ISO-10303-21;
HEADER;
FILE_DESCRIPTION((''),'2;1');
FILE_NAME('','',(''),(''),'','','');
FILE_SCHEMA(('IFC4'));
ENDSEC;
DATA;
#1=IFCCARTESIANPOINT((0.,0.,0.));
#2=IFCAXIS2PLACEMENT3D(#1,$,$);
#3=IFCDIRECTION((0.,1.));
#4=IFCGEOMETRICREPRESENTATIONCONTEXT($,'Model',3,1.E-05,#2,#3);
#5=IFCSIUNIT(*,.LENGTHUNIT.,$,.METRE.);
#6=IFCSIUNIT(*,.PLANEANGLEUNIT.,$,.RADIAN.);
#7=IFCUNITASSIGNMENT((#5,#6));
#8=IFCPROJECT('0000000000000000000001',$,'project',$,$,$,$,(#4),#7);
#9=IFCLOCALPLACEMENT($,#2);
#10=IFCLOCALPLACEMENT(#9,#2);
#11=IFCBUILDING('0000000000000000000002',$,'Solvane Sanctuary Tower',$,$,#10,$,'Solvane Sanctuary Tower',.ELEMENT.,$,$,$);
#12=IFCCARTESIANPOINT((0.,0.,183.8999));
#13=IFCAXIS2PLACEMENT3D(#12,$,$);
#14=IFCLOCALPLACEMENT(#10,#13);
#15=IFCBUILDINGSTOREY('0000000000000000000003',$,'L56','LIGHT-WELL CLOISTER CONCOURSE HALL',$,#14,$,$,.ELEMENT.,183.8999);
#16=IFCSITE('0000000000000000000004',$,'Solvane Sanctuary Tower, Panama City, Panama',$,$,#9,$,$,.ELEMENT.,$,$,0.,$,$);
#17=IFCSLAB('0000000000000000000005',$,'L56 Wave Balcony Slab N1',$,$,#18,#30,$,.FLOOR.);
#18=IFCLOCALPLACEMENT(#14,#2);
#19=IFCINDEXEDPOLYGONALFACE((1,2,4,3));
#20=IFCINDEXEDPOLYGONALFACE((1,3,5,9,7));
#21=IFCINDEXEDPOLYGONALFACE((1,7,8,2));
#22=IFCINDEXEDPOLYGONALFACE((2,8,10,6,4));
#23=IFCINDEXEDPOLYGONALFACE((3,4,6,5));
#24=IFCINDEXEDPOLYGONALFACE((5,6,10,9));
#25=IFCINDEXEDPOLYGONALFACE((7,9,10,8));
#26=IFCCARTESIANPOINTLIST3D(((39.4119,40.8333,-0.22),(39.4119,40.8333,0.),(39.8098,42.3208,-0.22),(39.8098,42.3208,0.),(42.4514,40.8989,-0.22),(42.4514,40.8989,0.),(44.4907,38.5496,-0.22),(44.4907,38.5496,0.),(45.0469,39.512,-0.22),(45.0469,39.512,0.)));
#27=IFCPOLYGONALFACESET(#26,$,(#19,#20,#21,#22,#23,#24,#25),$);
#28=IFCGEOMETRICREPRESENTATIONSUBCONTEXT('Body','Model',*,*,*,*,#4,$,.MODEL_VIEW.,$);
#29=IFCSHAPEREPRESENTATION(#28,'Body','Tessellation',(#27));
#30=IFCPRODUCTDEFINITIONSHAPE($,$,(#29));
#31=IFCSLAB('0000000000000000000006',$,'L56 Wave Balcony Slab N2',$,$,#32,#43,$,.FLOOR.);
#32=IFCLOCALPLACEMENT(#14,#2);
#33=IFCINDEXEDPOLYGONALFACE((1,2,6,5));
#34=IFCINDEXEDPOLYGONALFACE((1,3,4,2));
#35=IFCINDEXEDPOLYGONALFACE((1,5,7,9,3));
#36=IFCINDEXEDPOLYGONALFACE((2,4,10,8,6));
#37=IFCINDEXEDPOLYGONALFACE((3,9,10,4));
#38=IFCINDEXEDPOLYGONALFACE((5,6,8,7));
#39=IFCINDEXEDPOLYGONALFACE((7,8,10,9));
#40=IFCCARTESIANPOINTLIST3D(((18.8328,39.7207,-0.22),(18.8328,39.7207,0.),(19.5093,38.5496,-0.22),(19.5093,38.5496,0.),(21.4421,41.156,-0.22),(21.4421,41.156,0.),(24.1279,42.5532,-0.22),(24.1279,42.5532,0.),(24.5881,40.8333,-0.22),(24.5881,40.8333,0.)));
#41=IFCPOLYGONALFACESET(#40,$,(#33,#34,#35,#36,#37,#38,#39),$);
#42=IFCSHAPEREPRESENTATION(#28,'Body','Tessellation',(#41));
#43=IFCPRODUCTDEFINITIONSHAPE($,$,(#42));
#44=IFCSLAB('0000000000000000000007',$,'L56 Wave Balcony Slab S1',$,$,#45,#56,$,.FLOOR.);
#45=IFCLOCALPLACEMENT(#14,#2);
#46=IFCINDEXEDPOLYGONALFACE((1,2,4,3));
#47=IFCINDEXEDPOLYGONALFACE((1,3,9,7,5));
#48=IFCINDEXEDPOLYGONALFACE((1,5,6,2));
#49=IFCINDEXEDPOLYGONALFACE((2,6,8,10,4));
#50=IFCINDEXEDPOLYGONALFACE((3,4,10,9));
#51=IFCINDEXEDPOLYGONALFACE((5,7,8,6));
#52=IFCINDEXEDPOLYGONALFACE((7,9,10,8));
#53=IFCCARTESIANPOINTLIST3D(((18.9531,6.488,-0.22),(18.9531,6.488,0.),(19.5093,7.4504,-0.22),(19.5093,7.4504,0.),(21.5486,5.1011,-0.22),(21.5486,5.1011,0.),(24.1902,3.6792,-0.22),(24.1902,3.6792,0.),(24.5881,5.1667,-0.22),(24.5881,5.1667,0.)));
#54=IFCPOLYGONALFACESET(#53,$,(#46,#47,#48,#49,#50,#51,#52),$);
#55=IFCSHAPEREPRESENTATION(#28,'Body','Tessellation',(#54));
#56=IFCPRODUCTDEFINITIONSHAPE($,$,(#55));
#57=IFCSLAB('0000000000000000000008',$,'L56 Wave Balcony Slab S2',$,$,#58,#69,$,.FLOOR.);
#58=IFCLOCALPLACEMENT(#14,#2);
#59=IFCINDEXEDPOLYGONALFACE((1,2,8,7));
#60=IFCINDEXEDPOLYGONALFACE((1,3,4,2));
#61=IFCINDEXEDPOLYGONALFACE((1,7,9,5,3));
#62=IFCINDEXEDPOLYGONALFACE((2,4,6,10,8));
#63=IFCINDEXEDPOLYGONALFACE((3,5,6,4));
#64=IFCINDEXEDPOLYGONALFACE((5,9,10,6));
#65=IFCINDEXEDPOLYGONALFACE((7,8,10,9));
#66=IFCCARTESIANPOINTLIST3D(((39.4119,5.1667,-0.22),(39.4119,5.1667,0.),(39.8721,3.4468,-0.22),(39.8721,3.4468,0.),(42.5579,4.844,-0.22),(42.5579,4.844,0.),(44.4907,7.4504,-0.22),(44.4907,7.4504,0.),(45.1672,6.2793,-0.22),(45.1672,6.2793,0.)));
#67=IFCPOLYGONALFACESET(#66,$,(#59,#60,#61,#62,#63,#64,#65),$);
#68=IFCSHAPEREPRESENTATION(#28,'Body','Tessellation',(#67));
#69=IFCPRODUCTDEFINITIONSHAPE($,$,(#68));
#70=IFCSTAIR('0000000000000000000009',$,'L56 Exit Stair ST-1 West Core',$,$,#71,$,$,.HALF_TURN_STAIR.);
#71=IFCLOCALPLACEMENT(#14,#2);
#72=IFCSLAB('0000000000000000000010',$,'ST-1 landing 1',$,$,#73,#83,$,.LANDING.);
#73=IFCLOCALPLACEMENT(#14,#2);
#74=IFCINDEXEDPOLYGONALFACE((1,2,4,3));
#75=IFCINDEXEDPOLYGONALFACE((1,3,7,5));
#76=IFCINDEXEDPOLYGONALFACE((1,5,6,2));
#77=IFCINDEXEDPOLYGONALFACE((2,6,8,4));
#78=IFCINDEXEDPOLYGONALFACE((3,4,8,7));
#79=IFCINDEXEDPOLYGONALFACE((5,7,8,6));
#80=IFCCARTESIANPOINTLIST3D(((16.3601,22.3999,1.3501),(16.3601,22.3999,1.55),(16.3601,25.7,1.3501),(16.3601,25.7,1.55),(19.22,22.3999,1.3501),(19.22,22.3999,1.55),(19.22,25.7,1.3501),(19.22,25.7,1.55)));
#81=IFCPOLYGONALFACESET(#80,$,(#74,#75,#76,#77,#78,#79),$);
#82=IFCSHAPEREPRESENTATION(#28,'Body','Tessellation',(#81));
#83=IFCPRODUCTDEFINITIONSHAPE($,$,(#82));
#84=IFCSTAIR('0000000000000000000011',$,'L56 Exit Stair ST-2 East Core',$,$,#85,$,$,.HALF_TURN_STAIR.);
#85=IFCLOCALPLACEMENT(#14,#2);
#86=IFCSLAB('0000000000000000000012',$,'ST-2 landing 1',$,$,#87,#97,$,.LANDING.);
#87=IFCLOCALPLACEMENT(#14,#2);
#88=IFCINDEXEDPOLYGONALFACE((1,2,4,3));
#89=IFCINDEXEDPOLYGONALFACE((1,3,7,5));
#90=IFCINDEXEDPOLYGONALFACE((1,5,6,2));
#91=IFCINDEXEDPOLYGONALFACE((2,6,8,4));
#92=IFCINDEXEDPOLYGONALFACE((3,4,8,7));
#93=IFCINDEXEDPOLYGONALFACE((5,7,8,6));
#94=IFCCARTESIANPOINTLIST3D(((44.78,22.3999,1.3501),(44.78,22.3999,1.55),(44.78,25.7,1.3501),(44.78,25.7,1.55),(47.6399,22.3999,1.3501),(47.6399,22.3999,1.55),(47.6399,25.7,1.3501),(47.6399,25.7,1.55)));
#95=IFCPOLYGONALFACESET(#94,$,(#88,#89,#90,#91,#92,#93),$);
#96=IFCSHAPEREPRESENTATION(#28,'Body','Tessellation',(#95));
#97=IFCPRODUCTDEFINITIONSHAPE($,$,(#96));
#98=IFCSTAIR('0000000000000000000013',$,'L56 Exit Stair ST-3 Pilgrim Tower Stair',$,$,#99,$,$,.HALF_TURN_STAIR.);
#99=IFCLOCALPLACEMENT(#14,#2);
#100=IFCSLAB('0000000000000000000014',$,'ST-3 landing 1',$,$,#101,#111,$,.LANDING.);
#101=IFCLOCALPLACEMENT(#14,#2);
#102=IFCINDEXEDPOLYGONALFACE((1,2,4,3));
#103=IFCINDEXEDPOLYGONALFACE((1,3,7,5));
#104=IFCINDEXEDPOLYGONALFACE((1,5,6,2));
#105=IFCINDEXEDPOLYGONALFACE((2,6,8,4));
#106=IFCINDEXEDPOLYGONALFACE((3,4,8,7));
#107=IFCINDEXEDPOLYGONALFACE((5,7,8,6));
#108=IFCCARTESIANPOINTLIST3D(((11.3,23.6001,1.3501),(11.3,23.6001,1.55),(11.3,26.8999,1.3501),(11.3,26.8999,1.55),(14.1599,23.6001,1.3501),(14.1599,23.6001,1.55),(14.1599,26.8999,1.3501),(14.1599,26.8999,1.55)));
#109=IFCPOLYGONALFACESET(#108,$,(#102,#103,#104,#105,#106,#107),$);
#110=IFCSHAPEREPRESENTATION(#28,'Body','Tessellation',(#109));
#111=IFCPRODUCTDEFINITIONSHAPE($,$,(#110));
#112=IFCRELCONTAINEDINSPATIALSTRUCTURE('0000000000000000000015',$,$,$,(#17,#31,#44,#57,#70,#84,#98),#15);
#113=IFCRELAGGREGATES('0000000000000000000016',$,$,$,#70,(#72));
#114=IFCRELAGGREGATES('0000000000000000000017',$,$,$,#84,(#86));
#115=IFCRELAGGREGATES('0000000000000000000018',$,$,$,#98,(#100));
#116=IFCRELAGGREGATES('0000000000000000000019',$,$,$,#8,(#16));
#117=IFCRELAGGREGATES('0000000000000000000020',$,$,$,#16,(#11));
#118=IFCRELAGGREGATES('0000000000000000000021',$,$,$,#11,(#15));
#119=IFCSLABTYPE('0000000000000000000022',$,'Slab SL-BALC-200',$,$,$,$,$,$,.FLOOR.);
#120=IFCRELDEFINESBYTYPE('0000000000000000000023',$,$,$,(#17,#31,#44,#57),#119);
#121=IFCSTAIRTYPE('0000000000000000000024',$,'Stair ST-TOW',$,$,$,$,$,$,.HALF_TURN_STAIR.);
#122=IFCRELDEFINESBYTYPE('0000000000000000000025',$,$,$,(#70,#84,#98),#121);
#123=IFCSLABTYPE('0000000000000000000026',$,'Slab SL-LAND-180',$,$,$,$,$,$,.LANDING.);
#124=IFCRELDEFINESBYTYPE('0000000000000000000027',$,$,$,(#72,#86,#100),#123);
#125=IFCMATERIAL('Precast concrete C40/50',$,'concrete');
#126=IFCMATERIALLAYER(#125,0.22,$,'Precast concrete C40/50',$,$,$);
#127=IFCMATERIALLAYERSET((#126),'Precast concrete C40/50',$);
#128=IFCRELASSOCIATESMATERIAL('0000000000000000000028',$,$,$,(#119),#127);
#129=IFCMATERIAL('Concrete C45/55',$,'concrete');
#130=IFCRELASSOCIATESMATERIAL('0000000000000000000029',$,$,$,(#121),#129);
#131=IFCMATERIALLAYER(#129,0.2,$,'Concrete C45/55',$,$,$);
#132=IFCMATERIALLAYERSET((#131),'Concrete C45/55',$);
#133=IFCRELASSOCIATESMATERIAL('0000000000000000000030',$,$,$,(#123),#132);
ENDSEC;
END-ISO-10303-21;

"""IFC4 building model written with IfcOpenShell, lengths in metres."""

from ifc_helpers import new_model, si_unit, direction, frame, origin, place, context, subcontext, project, spatial, polyline, outline, extrude, material, layer, layer_set, type_object, element, aggregate, save


model = new_model("IFC4")

# Units and contexts
model_context = context("Model", 3, precision=1e-05, world=origin(), true_north=direction((0.0, 1.0)))
body_context = subcontext(model_context, "Body", "Model", "MODEL_VIEW")
ifc_project = project(units=[si_unit("LENGTHUNIT", "METRE"), si_unit("PLANEANGLEUNIT", "RADIAN")], contexts=[model_context])

# Site, building, storey
site_placement = place(None, origin())
site = spatial("IfcSite", under=ifc_project, at=site_placement, Name="Solvane Sanctuary Tower, Panama City, Panama", CompositionType="ELEMENT", RefElevation=0.0)
building_placement = place(site_placement, origin())
building = spatial("IfcBuilding", under=site, at=building_placement, Name="Solvane Sanctuary Tower", LongName="Solvane Sanctuary Tower", CompositionType="ELEMENT")
storey_placement = place(building_placement, frame((0.0, 0.0, 183.8999)))
storey = spatial("IfcBuildingStorey", under=building, at=storey_placement, Name="L56", Description="LIGHT-WELL CLOISTER CONCOURSE HALL", CompositionType="ELEMENT", Elevation=183.8999)

# Slabs
ifc_material_1 = material(Name="Precast concrete C40/50", Category="concrete")
ifc_layer_1 = layer(ifc_material_1, 0.22, Name="Precast concrete C40/50")
ifc_layer_set_1 = layer_set([ifc_layer_1], Name="Precast concrete C40/50")
slab_type_1 = type_object("IfcSlabType", Name="Slab SL-BALC-200", PredefinedType="FLOOR", material=ifc_layer_set_1)
slab_1_placement = place(storey_placement, frame((0.0, 0.0, -0.22)))
element("IfcSlab", 1, at=slab_1_placement, inside=storey, type_object=slab_type_1, Name="L56 Wave Balcony Slab N1", PredefinedType="FLOOR", context=body_context, shape_type="SweptSolid", body=[
    extrude(outline(polyline([(45.0469, 39.512), (42.4514, 40.8989), (39.8098, 42.3208), (39.4119, 40.8333), (44.4907, 38.5496), (45.0469, 39.512)])), origin(), (0.0, 0.0, 1.0), 0.22),
])
slab_2_placement = place(storey_placement, frame((0.0, 0.0, -0.22)))
element("IfcSlab", 2, at=slab_2_placement, inside=storey, type_object=slab_type_1, Name="L56 Wave Balcony Slab N2", PredefinedType="FLOOR", context=body_context, shape_type="SweptSolid", body=[
    extrude(outline(polyline([(24.1279, 42.5532), (21.4421, 41.156), (18.8328, 39.7207), (19.5093, 38.5496), (24.5881, 40.8333), (24.1279, 42.5532)])), origin(), (0.0, 0.0, 1.0), 0.22),
])
slab_3_placement = place(storey_placement, frame((0.0, 0.0, -0.22)))
element("IfcSlab", 3, at=slab_3_placement, inside=storey, type_object=slab_type_1, Name="L56 Wave Balcony Slab S1", PredefinedType="FLOOR", context=body_context, shape_type="SweptSolid", body=[
    extrude(outline(polyline([(18.9531, 6.488), (21.5486, 5.1011), (24.1902, 3.6792), (24.5881, 5.1667), (19.5093, 7.4504), (18.9531, 6.488)])), origin(), (0.0, 0.0, 1.0), 0.22),
])
slab_4_placement = place(storey_placement, frame((0.0, 0.0, -0.22)))
element("IfcSlab", 4, at=slab_4_placement, inside=storey, type_object=slab_type_1, Name="L56 Wave Balcony Slab S2", PredefinedType="FLOOR", context=body_context, shape_type="SweptSolid", body=[
    extrude(outline(polyline([(39.8721, 3.4468), (42.5579, 4.844), (45.1672, 6.2793), (44.4907, 7.4504), (39.4119, 5.1667), (39.8721, 3.4468)])), origin(), (0.0, 0.0, 1.0), 0.22),
])

# Stairs, slabs
ifc_material_2 = material(Name="Concrete C45/55", Category="concrete")
stair_type = type_object("IfcStairType", Name="Stair ST-TOW", PredefinedType="HALF_TURN_STAIR", material=ifc_material_2)
stair_1_placement = place(storey_placement, origin())
stair_1 = element("IfcStair", 5, at=stair_1_placement, inside=storey, type_object=stair_type, Name="L56 Exit Stair ST-1 West Core", PredefinedType="HALF_TURN_STAIR")
ifc_layer_2 = layer(ifc_material_2, 0.2, Name="Concrete C45/55")
ifc_layer_set_2 = layer_set([ifc_layer_2], Name="Concrete C45/55")
slab_type_2 = type_object("IfcSlabType", Name="Slab SL-LAND-180", PredefinedType="LANDING", material=ifc_layer_set_2)
slab_5_placement = place(storey_placement, frame((0.0, 0.0, 1.3501)))
slab_5 = element("IfcSlab", 6, at=slab_5_placement, type_object=slab_type_2, Name="ST-1 landing 1", PredefinedType="LANDING", context=body_context, shape_type="SweptSolid", body=[
    extrude(outline(polyline([(19.22, 22.3999), (19.22, 25.7), (16.3601, 25.7), (16.3601, 22.3999), (19.22, 22.3999)])), origin(), (0.0, 0.0, 1.0), 0.2),
])
aggregate(stair_1, [slab_5])
stair_2_placement = place(storey_placement, origin())
stair_2 = element("IfcStair", 7, at=stair_2_placement, inside=storey, type_object=stair_type, Name="L56 Exit Stair ST-2 East Core", PredefinedType="HALF_TURN_STAIR")
slab_6_placement = place(storey_placement, frame((0.0, 0.0, 1.3501)))
slab_6 = element("IfcSlab", 8, at=slab_6_placement, type_object=slab_type_2, Name="ST-2 landing 1", PredefinedType="LANDING", context=body_context, shape_type="SweptSolid", body=[
    extrude(outline(polyline([(47.6399, 22.3999), (47.6399, 25.7), (44.78, 25.7), (44.78, 22.3999), (47.6399, 22.3999)])), origin(), (0.0, 0.0, 1.0), 0.2),
])
aggregate(stair_2, [slab_6])
stair_3_placement = place(storey_placement, origin())
stair_3 = element("IfcStair", 9, at=stair_3_placement, inside=storey, type_object=stair_type, Name="L56 Exit Stair ST-3 Pilgrim Tower Stair", PredefinedType="HALF_TURN_STAIR")
slab_7_placement = place(storey_placement, frame((0.0, 0.0, 1.3501)))
slab_7 = element("IfcSlab", 10, at=slab_7_placement, type_object=slab_type_2, Name="ST-3 landing 1", PredefinedType="LANDING", context=body_context, shape_type="SweptSolid", body=[
    extrude(outline(polyline([(14.1599, 23.6001), (14.1599, 26.8999), (11.3, 26.8999), (11.3, 23.6001), (14.1599, 23.6001)])), origin(), (0.0, 0.0, 1.0), 0.2),
])
aggregate(stair_3, [slab_7])

save(model, "model.ifc")
